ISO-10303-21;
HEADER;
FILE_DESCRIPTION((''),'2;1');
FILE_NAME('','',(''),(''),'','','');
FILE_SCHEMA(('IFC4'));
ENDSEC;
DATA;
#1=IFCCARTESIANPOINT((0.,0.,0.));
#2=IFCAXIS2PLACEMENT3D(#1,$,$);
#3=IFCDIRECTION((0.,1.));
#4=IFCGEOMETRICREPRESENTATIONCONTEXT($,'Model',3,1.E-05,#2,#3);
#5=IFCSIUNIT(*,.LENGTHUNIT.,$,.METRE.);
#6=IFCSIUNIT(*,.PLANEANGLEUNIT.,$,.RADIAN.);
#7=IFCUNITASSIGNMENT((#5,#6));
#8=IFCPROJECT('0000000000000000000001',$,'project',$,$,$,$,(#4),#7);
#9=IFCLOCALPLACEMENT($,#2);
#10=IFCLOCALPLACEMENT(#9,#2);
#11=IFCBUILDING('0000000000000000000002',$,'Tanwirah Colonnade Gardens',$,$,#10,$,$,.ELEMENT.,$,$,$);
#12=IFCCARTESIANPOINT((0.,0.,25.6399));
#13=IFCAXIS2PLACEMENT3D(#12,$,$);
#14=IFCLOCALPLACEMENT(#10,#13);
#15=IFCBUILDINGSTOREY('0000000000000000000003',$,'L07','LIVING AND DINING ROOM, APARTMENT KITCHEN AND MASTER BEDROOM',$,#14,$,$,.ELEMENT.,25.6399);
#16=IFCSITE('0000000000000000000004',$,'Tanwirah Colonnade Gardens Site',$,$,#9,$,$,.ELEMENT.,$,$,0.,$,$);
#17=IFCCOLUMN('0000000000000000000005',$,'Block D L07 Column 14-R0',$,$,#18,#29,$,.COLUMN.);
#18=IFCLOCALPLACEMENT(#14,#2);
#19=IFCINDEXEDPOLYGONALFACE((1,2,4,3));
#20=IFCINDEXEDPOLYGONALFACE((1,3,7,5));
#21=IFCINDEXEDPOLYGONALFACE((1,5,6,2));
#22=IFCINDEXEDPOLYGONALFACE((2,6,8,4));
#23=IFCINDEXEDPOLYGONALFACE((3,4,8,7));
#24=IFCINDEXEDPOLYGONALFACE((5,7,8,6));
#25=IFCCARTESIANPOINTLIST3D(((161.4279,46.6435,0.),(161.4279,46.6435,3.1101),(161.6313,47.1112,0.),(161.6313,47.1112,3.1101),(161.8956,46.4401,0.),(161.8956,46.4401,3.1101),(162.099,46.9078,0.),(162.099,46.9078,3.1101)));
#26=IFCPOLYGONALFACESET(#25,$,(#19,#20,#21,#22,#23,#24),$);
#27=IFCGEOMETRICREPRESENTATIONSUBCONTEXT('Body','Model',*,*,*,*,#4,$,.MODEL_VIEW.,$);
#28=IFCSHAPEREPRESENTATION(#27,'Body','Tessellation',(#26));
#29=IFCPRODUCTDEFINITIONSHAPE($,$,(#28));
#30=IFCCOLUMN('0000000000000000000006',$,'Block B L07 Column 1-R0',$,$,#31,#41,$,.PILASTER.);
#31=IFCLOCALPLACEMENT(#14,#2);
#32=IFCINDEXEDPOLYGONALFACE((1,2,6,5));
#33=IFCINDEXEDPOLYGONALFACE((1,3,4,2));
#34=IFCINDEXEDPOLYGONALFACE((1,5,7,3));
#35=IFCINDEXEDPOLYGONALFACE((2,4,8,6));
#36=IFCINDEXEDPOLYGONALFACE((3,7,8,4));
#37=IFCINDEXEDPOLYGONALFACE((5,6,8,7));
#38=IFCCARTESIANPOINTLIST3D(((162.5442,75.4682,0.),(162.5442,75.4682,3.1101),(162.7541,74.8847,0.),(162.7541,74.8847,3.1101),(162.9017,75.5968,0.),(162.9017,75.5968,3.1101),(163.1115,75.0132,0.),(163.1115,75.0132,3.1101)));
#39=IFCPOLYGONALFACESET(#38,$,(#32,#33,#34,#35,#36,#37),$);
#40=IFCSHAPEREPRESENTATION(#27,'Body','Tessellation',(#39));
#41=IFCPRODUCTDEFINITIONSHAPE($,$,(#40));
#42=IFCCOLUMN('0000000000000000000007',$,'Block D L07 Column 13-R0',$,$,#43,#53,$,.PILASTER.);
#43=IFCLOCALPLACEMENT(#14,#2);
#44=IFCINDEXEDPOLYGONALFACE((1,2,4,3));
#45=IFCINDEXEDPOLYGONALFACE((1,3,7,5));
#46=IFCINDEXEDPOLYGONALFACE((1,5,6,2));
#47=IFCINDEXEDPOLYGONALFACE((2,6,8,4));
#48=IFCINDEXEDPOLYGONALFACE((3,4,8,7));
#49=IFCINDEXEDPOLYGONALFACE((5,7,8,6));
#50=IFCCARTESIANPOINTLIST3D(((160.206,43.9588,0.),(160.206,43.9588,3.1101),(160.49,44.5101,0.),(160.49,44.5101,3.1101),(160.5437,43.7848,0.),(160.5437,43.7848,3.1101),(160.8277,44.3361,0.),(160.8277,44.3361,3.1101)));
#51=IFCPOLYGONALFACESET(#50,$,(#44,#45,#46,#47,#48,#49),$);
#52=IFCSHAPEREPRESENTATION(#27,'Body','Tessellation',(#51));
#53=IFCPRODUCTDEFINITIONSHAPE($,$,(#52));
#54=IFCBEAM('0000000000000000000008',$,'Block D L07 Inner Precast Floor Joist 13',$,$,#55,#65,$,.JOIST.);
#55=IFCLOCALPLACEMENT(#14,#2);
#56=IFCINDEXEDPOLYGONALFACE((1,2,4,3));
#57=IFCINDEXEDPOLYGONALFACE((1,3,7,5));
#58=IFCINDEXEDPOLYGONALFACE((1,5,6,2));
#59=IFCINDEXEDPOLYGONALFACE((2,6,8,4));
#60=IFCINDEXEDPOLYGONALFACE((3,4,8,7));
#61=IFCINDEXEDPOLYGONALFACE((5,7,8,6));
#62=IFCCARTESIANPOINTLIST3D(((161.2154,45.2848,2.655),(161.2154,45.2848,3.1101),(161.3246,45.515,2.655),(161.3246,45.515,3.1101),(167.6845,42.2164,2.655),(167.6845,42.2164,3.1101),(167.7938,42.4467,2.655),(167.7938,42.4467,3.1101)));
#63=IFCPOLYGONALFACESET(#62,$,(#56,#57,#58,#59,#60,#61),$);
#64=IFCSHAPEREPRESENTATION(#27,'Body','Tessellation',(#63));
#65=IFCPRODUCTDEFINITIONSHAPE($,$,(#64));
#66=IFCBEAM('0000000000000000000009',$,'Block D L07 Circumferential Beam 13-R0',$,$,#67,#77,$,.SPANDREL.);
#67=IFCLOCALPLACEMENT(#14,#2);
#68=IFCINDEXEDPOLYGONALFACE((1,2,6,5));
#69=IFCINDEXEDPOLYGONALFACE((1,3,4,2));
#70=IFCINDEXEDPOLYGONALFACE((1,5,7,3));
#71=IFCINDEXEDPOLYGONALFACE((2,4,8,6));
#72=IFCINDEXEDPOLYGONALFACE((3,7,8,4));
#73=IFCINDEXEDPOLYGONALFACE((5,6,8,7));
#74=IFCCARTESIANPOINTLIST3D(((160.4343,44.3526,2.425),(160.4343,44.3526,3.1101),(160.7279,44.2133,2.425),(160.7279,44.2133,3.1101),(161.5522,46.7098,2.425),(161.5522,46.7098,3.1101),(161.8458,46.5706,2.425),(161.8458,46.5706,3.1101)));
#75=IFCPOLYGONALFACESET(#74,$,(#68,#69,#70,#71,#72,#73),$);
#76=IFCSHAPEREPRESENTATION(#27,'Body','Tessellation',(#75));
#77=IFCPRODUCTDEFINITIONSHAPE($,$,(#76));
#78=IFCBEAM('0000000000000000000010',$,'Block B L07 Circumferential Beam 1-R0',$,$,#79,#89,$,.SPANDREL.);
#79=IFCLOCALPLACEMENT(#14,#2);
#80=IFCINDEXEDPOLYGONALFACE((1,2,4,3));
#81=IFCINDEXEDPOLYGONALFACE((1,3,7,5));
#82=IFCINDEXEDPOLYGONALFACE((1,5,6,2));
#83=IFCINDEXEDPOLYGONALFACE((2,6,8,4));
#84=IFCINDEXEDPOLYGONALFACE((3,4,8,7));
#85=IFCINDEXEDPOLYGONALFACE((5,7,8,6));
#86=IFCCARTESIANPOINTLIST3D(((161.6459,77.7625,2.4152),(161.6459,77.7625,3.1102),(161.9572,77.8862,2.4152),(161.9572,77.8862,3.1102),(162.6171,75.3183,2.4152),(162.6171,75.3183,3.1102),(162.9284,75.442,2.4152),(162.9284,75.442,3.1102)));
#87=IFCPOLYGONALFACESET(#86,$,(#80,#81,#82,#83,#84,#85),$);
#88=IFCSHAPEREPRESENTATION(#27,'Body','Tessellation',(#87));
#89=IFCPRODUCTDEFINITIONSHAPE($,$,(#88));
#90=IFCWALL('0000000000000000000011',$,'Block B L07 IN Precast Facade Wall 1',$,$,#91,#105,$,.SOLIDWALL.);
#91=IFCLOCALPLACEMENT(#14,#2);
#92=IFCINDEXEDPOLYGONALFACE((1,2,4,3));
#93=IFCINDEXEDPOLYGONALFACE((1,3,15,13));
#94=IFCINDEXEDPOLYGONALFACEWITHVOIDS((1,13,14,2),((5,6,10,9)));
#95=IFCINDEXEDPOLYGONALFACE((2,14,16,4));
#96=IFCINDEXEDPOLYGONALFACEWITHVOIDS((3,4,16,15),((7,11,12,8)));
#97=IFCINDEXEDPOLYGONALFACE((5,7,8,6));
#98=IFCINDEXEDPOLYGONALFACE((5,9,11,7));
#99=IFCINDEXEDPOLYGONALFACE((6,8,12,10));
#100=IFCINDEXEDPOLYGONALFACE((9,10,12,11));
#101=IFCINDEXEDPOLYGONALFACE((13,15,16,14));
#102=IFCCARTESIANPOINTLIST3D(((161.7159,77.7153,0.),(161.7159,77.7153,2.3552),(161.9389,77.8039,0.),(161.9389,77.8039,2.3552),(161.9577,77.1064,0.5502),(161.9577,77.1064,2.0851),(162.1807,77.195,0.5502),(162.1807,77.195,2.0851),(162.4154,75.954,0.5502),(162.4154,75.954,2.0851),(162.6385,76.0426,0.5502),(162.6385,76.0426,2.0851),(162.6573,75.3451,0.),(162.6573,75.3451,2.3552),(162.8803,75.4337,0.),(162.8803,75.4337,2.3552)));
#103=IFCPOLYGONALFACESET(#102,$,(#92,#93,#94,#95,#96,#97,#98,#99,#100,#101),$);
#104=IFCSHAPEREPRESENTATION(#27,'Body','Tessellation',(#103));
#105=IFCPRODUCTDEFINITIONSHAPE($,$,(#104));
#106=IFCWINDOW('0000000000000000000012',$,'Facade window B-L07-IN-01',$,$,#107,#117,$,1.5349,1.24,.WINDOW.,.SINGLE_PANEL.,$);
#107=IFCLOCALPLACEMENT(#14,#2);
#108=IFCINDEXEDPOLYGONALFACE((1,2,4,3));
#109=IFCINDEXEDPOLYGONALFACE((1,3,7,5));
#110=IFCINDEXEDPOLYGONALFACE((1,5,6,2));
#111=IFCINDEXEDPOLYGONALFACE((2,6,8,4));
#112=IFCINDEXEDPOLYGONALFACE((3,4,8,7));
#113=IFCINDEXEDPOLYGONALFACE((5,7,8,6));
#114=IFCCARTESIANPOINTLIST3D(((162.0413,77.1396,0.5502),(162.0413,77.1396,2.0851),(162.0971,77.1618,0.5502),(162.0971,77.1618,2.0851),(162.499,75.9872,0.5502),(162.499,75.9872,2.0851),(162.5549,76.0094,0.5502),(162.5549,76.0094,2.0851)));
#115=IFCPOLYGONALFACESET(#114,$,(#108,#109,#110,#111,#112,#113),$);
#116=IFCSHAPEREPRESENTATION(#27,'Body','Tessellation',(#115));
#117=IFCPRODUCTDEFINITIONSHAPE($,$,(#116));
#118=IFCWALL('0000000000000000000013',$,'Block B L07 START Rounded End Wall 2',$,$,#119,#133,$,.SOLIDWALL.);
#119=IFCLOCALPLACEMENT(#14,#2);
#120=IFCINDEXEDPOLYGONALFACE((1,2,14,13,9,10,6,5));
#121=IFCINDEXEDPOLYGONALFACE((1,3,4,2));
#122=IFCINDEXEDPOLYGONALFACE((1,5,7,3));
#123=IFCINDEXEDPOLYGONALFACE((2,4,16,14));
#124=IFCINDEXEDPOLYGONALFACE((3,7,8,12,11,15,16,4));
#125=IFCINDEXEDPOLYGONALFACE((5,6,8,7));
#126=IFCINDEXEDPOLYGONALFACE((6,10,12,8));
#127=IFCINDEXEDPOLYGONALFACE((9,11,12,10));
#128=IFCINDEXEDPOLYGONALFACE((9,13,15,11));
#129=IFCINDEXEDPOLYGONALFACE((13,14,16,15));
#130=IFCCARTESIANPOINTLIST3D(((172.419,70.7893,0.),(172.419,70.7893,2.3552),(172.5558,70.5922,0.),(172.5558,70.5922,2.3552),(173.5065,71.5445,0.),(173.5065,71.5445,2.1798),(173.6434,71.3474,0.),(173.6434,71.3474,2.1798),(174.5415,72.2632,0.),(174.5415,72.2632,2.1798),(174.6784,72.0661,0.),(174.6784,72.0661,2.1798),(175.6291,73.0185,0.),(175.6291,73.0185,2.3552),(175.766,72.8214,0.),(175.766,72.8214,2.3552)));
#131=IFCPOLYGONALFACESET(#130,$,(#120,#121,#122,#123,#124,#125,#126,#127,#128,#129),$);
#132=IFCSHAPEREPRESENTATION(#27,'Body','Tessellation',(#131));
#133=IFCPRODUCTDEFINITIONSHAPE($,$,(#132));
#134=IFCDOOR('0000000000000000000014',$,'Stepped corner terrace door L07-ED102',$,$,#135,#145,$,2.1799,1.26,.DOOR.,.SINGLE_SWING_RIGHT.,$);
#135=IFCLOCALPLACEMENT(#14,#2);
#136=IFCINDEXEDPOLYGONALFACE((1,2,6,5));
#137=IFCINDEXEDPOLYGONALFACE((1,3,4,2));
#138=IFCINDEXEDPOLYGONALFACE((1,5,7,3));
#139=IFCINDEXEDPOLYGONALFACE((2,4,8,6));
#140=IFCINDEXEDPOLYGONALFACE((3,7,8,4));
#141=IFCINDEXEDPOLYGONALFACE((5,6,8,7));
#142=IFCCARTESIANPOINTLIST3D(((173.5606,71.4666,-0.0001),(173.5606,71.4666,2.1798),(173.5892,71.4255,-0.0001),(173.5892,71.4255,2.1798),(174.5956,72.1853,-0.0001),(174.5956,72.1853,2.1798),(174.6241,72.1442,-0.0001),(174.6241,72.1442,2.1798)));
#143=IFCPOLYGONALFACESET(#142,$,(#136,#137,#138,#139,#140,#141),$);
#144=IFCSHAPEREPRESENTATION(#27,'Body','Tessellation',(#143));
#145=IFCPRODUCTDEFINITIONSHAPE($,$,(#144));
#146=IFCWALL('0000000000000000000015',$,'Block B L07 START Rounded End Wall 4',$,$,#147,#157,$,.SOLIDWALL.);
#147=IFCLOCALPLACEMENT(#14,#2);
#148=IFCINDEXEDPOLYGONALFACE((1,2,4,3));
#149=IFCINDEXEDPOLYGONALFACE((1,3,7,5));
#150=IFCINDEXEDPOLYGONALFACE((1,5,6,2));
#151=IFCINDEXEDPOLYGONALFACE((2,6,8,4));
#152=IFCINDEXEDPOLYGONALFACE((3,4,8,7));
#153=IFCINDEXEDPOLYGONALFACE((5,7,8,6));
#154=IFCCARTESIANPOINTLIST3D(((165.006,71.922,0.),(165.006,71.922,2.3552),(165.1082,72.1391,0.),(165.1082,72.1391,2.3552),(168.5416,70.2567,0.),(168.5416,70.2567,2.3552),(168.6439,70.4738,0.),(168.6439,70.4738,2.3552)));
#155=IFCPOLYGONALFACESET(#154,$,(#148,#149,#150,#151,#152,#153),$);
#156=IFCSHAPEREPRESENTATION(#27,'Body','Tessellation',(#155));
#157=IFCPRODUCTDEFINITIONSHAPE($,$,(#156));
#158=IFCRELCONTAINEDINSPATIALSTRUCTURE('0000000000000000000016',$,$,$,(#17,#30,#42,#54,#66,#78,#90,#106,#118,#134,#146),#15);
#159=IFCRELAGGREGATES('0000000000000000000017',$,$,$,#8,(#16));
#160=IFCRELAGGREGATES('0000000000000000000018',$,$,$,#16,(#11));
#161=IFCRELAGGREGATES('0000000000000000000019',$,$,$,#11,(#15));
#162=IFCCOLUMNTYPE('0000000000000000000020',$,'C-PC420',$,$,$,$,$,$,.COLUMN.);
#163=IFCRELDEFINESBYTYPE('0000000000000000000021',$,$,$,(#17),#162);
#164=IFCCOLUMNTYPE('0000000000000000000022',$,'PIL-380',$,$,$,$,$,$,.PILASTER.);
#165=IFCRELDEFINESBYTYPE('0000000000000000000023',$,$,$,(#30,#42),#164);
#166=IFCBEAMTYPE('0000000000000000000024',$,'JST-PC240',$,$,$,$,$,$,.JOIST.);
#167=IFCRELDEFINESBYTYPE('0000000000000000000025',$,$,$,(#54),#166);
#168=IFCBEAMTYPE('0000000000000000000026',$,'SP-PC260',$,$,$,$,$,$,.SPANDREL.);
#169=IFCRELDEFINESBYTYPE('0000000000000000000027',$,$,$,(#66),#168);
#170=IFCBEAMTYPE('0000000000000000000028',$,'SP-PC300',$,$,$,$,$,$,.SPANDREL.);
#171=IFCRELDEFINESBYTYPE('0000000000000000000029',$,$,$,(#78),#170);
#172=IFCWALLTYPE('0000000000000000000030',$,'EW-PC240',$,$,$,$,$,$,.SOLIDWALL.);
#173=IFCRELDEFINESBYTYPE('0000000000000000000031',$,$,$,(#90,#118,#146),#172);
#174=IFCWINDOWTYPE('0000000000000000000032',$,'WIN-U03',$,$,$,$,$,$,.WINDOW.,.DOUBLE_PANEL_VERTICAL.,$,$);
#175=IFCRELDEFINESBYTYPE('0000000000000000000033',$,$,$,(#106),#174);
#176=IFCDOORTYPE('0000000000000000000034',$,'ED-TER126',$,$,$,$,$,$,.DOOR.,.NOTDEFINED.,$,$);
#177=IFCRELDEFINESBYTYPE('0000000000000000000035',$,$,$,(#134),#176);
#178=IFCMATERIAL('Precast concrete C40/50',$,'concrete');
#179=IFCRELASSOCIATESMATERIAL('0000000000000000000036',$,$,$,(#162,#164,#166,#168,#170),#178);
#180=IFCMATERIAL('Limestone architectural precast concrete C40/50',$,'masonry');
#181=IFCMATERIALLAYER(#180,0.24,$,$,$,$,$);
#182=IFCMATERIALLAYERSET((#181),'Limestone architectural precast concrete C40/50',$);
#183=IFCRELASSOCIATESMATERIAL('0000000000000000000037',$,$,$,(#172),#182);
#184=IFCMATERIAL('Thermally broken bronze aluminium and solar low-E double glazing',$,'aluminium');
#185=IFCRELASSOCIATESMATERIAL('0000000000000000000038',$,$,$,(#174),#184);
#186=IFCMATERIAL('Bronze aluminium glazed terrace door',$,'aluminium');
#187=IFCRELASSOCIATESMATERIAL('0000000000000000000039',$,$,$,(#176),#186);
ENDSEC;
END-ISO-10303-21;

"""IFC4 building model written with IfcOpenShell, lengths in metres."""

from ifc_helpers import new_model, si_unit, direction, frame, frame_2d, origin, origin_2d, place, context, subcontext, project, spatial, rectangle, extrude, material, layer, layer_set, material_profile, profile_set, type_object, element, fill, save


model = new_model("IFC4")

# Units and contexts
model_context = context("Model", 3, precision=1e-05, world=origin(), true_north=direction((0.0, 1.0)))
body_context = subcontext(model_context, "Body", "Model", "MODEL_VIEW")
ifc_project = project(units=[si_unit("LENGTHUNIT", "METRE"), si_unit("PLANEANGLEUNIT", "RADIAN")], contexts=[model_context])

# Site, building, storey
site_placement = place(None, origin())
site = spatial("IfcSite", under=ifc_project, at=site_placement, Name="Tanwirah Colonnade Gardens Site", CompositionType="ELEMENT", RefElevation=0.0)
building_placement = place(site_placement, origin())
building = spatial("IfcBuilding", under=site, at=building_placement, Name="Tanwirah Colonnade Gardens", CompositionType="ELEMENT")
storey_placement = place(building_placement, frame((0.0, 0.0, 25.6399)))
storey = spatial("IfcBuildingStorey", under=building, at=storey_placement, Name="L07", Description="LIVING AND DINING ROOM, APARTMENT KITCHEN AND MASTER BEDROOM", CompositionType="ELEMENT", Elevation=25.6399)

# Columns
ifc_material_1 = material(Name="Precast concrete C40/50", Category="concrete")
ifc_material_profile_1 = material_profile(ifc_material_1, rectangle(XDim=0.51, YDim=0.51, at=origin_2d()), Name="PC-COL 510x510")
ifc_profile_set_1 = profile_set([ifc_material_profile_1], Name="Precast concrete C40/50")
column_type_1 = type_object("IfcColumnType", Name="C-PC420", PredefinedType="COLUMN", material=ifc_profile_set_1)
column_placement = place(storey_placement, frame((161.7634, 46.7756, 0.0), z_axis=(0.0, 0.0, 1.0), x_axis=(0.91706, -0.398749, 0.0)))
element("IfcColumn", 1, at=column_placement, inside=storey, type_object=column_type_1, Name="Block D L07 Column 14-R0", PredefinedType="COLUMN", context=body_context, shape_type="SweptSolid", body=[
    extrude(rectangle(XDim=0.51, YDim=0.51, at=origin_2d()), origin(), (0.0, 0.0, 1.0), 3.1101),
])
ifc_material_profile_2 = material_profile(ifc_material_1, rectangle(XDim=0.3799, YDim=0.6201, at=origin_2d()), Name="PC-PIL 380x620")
ifc_profile_set_2 = profile_set([ifc_material_profile_2], Name="Precast concrete C40/50")
column_type_2 = type_object("IfcColumnType", Name="PIL-380", PredefinedType="PILASTER", material=ifc_profile_set_2)
for number, where, z_axis, x_axis, name in (
    (2, (162.8279, 75.2407, 0.0), (0.0, 0.0, 1.0), (0.941012, 0.338373, 0.0), "Block B L07 Column 1-R0"),
    (3, (160.5168, 44.1475, 0.0), (0.0, 0.0, 1.0), (0.889017, -0.457874, 0.0), "Block D L07 Column 13-R0"),
):
    element("IfcColumn", number, at=place(storey_placement, frame(where, z_axis=z_axis, x_axis=x_axis)), inside=storey, type_object=column_type_2, Name=name, PredefinedType="PILASTER", context=body_context, shape_type="SweptSolid", body=[
        extrude(rectangle(XDim=0.3799, YDim=0.6201, at=origin_2d()), origin(), (0.0, 0.0, 1.0), 3.1101),
    ])

# Beams
ifc_material_profile_3 = material_profile(ifc_material_1, rectangle(XDim=0.2549, YDim=0.4551, at=origin_2d()), Name="PC-JST 255x455")
ifc_profile_set_3 = profile_set([ifc_material_profile_3], Name="Precast concrete C40/50")
beam_type_1 = type_object("IfcBeamType", Name="JST-PC240", PredefinedType="JOIST", material=ifc_profile_set_3)
beam_1_placement = place(storey_placement, frame((161.27, 45.3999, 2.8826), z_axis=(0.903522, -0.428541, 0.0), x_axis=(0.428541, 0.903522, 0.0)))
element("IfcBeam", 4, at=beam_1_placement, inside=storey, type_object=beam_type_1, Name="Block D L07 Inner Precast Floor Joist 13", PredefinedType="JOIST", context=body_context, shape_type="SweptSolid", body=[
    extrude(rectangle(XDim=0.2549, YDim=0.4551, at=origin_2d()), origin(), (0.0, 0.0, 1.0), 7.1599),
])
ifc_material_profile_4 = material_profile(ifc_material_1, rectangle(XDim=0.325, YDim=0.6851, at=origin_2d()), Name="PC-SP 325x685")
ifc_profile_set_4 = profile_set([ifc_material_profile_4], Name="Precast concrete C40/50")
beam_type_2 = type_object("IfcBeamType", Name="SP-PC260", PredefinedType="SPANDREL", material=ifc_profile_set_4)
beam_2_placement = place(storey_placement, frame((160.5811, 44.283, 2.7676), z_axis=(0.428513, 0.903536, 0.0), x_axis=(-0.903536, 0.428513, 0.0)))
element("IfcBeam", 5, at=beam_2_placement, inside=storey, type_object=beam_type_2, Name="Block D L07 Circumferential Beam 13-R0", PredefinedType="SPANDREL", context=body_context, shape_type="SweptSolid", body=[
    extrude(rectangle(XDim=0.325, YDim=0.6851, at=origin_2d()), origin(), (0.0, 0.0, 1.0), 2.6089),
])
ifc_material_profile_5 = material_profile(ifc_material_1, rectangle(XDim=0.335, YDim=0.6951, at=origin_2d()), Name="PC-SP 335x695")
ifc_profile_set_5 = profile_set([ifc_material_profile_5], Name="Precast concrete C40/50")
beam_type_3 = type_object("IfcBeamType", Name="SP-PC300", PredefinedType="SPANDREL", material=ifc_profile_set_5)
beam_3_placement = place(storey_placement, frame((162.7727, 75.3801, 2.7627), z_axis=(-0.369245, 0.929332, 0.0), x_axis=(-0.929332, -0.369245, 0.0)))
element("IfcBeam", 6, at=beam_3_placement, inside=storey, type_object=beam_type_3, Name="Block B L07 Circumferential Beam 1-R0", PredefinedType="SPANDREL", context=body_context, shape_type="SweptSolid", body=[
    extrude(rectangle(XDim=0.335, YDim=0.6951, at=origin_2d()), origin(), (0.0, 0.0, 1.0), 2.6301),
])

# Wall, opening, window
ifc_material_2 = material(Name="Limestone architectural precast concrete C40/50", Category="masonry")
ifc_layer_1 = layer(ifc_material_2, 0.24)
ifc_layer_set_1 = layer_set([ifc_layer_1], Name="Limestone architectural precast concrete C40/50")
wall_type_1 = type_object("IfcWallType", Name="EW-PC240", PredefinedType="SOLIDWALL", material=ifc_layer_set_1)
wall_1_placement = place(storey_placement, frame((162.7688, 75.3894, 0.0), z_axis=(0.0, 0.0, 1.0), x_axis=(-0.369145, 0.929372, 0.0)))
wall_1 = element("IfcWall", 7, at=wall_1_placement, inside=storey, type_object=wall_type_1, Name="Block B L07 IN Precast Facade Wall 1", PredefinedType="SOLIDWALL", context=body_context, shape_type="SweptSolid", body=[
    extrude(rectangle(XDim=2.5503, YDim=0.24, at=frame_2d((1.2751, 0.0))), origin(), (0.0, 0.0, 1.0), 2.3552),
])
opening_1_placement = place(wall_1_placement, frame((0.655, 0.0, 0.55)))
opening_1 = element("IfcOpeningElement", 8, at=opening_1_placement, cuts=wall_1, PredefinedType="OPENING", context=body_context, shape_type="SweptSolid", body=[
    extrude(rectangle(XDim=1.24, YDim=1.5349, at=frame_2d((0.6201, 0.7676))), frame((0.0, 0.1299, 0.0), z_axis=(0.0, -1.0, 0.0), x_axis=(1.0, 0.0, 0.0)), (0.0, 0.0, 1.0), 0.26),
])
ifc_material_3 = material(Name="Thermally broken bronze aluminium and solar low-E double glazing", Category="aluminium")
window_type_1 = type_object("IfcWindowType", Name="WIN-U03", PartitioningType="DOUBLE_PANEL_VERTICAL", PredefinedType="WINDOW", material=ifc_material_3)
window_1_placement = place(opening_1_placement, origin())
window_1 = element("IfcWindow", 9, at=window_1_placement, inside=storey, type_object=window_type_1, Name="Facade window B-L07-IN-01", OverallHeight=1.5349, OverallWidth=1.24, PartitioningType="SINGLE_PANEL", PredefinedType="WINDOW", context=body_context, shape_type="SweptSolid", body=[
    extrude(rectangle(XDim=1.24, YDim=1.5349, at=frame_2d((0.6201, 0.7676))), frame((0.0, 0.03, 0.0), z_axis=(0.0, -1.0, 0.0), x_axis=(1.0, 0.0, 0.0)), (0.0, 0.0, 1.0), 0.0601),
])
fill(opening_1, window_1)

# Wall, opening, door
wall_2_placement = place(storey_placement, frame((175.6975, 72.9199, 0.0), z_axis=(0.0, 0.0, 1.0), x_axis=(-0.821377, -0.570385, 0.0)))
wall_2 = element("IfcWall", 10, at=wall_2_placement, inside=storey, type_object=wall_type_1, Name="Block B L07 START Rounded End Wall 2", PredefinedType="SOLIDWALL", context=body_context, shape_type="SweptSolid", body=[
    extrude(rectangle(XDim=3.9082, YDim=0.24, at=frame_2d((1.9541, 0.0))), origin(), (0.0, 0.0, 1.0), 2.3552),
])
opening_2_placement = place(wall_2_placement, frame((1.3242, 0.0, 0.0)))
opening_2 = element("IfcOpeningElement", 11, at=opening_2_placement, cuts=wall_2, PredefinedType="OPENING", context=body_context, shape_type="SweptSolid", body=[
    extrude(rectangle(XDim=1.26, YDim=2.1799, at=frame_2d((0.6299, 1.0898))), frame((0.0, 0.1299, 0.0), z_axis=(0.0, -1.0, 0.0), x_axis=(1.0, 0.0, 0.0)), (0.0, 0.0, 1.0), 0.26),
])
ifc_material_4 = material(Name="Bronze aluminium glazed terrace door", Category="aluminium")
door_type_1 = type_object("IfcDoorType", Name="ED-TER126", OperationType="NOTDEFINED", PredefinedType="DOOR", material=ifc_material_4)
door_1_placement = place(opening_2_placement, origin())
door_1 = element("IfcDoor", 12, at=door_1_placement, inside=storey, type_object=door_type_1, Name="Stepped corner terrace door L07-ED102", OperationType="SINGLE_SWING_RIGHT", OverallHeight=2.1799, OverallWidth=1.26, PredefinedType="DOOR", context=body_context, shape_type="SweptSolid", body=[
    extrude(rectangle(XDim=1.26, YDim=2.1799, at=frame_2d((0.6299, 1.0898))), frame((0.0, 0.0249, 0.0), z_axis=(0.0, -1.0, 0.0), x_axis=(1.0, 0.0, 0.0)), (0.0, 0.0, 1.0), 0.05),
])
fill(opening_2, door_1)

# Wall
wall_3_placement = place(storey_placement, frame((168.5928, 70.3652, 0.0), z_axis=(0.0, 0.0, 1.0), x_axis=(-0.904676, 0.426101, 0.0)))
element("IfcWall", 13, at=wall_3_placement, inside=storey, type_object=wall_type_1, Name="Block B L07 START Rounded End Wall 4", PredefinedType="SOLIDWALL", context=body_context, shape_type="SweptSolid", body=[
    extrude(rectangle(XDim=3.9082, YDim=0.24, at=frame_2d((1.9541, 0.0))), origin(), (0.0, 0.0, 1.0), 2.3552),
])

save(model, "model.ifc")
